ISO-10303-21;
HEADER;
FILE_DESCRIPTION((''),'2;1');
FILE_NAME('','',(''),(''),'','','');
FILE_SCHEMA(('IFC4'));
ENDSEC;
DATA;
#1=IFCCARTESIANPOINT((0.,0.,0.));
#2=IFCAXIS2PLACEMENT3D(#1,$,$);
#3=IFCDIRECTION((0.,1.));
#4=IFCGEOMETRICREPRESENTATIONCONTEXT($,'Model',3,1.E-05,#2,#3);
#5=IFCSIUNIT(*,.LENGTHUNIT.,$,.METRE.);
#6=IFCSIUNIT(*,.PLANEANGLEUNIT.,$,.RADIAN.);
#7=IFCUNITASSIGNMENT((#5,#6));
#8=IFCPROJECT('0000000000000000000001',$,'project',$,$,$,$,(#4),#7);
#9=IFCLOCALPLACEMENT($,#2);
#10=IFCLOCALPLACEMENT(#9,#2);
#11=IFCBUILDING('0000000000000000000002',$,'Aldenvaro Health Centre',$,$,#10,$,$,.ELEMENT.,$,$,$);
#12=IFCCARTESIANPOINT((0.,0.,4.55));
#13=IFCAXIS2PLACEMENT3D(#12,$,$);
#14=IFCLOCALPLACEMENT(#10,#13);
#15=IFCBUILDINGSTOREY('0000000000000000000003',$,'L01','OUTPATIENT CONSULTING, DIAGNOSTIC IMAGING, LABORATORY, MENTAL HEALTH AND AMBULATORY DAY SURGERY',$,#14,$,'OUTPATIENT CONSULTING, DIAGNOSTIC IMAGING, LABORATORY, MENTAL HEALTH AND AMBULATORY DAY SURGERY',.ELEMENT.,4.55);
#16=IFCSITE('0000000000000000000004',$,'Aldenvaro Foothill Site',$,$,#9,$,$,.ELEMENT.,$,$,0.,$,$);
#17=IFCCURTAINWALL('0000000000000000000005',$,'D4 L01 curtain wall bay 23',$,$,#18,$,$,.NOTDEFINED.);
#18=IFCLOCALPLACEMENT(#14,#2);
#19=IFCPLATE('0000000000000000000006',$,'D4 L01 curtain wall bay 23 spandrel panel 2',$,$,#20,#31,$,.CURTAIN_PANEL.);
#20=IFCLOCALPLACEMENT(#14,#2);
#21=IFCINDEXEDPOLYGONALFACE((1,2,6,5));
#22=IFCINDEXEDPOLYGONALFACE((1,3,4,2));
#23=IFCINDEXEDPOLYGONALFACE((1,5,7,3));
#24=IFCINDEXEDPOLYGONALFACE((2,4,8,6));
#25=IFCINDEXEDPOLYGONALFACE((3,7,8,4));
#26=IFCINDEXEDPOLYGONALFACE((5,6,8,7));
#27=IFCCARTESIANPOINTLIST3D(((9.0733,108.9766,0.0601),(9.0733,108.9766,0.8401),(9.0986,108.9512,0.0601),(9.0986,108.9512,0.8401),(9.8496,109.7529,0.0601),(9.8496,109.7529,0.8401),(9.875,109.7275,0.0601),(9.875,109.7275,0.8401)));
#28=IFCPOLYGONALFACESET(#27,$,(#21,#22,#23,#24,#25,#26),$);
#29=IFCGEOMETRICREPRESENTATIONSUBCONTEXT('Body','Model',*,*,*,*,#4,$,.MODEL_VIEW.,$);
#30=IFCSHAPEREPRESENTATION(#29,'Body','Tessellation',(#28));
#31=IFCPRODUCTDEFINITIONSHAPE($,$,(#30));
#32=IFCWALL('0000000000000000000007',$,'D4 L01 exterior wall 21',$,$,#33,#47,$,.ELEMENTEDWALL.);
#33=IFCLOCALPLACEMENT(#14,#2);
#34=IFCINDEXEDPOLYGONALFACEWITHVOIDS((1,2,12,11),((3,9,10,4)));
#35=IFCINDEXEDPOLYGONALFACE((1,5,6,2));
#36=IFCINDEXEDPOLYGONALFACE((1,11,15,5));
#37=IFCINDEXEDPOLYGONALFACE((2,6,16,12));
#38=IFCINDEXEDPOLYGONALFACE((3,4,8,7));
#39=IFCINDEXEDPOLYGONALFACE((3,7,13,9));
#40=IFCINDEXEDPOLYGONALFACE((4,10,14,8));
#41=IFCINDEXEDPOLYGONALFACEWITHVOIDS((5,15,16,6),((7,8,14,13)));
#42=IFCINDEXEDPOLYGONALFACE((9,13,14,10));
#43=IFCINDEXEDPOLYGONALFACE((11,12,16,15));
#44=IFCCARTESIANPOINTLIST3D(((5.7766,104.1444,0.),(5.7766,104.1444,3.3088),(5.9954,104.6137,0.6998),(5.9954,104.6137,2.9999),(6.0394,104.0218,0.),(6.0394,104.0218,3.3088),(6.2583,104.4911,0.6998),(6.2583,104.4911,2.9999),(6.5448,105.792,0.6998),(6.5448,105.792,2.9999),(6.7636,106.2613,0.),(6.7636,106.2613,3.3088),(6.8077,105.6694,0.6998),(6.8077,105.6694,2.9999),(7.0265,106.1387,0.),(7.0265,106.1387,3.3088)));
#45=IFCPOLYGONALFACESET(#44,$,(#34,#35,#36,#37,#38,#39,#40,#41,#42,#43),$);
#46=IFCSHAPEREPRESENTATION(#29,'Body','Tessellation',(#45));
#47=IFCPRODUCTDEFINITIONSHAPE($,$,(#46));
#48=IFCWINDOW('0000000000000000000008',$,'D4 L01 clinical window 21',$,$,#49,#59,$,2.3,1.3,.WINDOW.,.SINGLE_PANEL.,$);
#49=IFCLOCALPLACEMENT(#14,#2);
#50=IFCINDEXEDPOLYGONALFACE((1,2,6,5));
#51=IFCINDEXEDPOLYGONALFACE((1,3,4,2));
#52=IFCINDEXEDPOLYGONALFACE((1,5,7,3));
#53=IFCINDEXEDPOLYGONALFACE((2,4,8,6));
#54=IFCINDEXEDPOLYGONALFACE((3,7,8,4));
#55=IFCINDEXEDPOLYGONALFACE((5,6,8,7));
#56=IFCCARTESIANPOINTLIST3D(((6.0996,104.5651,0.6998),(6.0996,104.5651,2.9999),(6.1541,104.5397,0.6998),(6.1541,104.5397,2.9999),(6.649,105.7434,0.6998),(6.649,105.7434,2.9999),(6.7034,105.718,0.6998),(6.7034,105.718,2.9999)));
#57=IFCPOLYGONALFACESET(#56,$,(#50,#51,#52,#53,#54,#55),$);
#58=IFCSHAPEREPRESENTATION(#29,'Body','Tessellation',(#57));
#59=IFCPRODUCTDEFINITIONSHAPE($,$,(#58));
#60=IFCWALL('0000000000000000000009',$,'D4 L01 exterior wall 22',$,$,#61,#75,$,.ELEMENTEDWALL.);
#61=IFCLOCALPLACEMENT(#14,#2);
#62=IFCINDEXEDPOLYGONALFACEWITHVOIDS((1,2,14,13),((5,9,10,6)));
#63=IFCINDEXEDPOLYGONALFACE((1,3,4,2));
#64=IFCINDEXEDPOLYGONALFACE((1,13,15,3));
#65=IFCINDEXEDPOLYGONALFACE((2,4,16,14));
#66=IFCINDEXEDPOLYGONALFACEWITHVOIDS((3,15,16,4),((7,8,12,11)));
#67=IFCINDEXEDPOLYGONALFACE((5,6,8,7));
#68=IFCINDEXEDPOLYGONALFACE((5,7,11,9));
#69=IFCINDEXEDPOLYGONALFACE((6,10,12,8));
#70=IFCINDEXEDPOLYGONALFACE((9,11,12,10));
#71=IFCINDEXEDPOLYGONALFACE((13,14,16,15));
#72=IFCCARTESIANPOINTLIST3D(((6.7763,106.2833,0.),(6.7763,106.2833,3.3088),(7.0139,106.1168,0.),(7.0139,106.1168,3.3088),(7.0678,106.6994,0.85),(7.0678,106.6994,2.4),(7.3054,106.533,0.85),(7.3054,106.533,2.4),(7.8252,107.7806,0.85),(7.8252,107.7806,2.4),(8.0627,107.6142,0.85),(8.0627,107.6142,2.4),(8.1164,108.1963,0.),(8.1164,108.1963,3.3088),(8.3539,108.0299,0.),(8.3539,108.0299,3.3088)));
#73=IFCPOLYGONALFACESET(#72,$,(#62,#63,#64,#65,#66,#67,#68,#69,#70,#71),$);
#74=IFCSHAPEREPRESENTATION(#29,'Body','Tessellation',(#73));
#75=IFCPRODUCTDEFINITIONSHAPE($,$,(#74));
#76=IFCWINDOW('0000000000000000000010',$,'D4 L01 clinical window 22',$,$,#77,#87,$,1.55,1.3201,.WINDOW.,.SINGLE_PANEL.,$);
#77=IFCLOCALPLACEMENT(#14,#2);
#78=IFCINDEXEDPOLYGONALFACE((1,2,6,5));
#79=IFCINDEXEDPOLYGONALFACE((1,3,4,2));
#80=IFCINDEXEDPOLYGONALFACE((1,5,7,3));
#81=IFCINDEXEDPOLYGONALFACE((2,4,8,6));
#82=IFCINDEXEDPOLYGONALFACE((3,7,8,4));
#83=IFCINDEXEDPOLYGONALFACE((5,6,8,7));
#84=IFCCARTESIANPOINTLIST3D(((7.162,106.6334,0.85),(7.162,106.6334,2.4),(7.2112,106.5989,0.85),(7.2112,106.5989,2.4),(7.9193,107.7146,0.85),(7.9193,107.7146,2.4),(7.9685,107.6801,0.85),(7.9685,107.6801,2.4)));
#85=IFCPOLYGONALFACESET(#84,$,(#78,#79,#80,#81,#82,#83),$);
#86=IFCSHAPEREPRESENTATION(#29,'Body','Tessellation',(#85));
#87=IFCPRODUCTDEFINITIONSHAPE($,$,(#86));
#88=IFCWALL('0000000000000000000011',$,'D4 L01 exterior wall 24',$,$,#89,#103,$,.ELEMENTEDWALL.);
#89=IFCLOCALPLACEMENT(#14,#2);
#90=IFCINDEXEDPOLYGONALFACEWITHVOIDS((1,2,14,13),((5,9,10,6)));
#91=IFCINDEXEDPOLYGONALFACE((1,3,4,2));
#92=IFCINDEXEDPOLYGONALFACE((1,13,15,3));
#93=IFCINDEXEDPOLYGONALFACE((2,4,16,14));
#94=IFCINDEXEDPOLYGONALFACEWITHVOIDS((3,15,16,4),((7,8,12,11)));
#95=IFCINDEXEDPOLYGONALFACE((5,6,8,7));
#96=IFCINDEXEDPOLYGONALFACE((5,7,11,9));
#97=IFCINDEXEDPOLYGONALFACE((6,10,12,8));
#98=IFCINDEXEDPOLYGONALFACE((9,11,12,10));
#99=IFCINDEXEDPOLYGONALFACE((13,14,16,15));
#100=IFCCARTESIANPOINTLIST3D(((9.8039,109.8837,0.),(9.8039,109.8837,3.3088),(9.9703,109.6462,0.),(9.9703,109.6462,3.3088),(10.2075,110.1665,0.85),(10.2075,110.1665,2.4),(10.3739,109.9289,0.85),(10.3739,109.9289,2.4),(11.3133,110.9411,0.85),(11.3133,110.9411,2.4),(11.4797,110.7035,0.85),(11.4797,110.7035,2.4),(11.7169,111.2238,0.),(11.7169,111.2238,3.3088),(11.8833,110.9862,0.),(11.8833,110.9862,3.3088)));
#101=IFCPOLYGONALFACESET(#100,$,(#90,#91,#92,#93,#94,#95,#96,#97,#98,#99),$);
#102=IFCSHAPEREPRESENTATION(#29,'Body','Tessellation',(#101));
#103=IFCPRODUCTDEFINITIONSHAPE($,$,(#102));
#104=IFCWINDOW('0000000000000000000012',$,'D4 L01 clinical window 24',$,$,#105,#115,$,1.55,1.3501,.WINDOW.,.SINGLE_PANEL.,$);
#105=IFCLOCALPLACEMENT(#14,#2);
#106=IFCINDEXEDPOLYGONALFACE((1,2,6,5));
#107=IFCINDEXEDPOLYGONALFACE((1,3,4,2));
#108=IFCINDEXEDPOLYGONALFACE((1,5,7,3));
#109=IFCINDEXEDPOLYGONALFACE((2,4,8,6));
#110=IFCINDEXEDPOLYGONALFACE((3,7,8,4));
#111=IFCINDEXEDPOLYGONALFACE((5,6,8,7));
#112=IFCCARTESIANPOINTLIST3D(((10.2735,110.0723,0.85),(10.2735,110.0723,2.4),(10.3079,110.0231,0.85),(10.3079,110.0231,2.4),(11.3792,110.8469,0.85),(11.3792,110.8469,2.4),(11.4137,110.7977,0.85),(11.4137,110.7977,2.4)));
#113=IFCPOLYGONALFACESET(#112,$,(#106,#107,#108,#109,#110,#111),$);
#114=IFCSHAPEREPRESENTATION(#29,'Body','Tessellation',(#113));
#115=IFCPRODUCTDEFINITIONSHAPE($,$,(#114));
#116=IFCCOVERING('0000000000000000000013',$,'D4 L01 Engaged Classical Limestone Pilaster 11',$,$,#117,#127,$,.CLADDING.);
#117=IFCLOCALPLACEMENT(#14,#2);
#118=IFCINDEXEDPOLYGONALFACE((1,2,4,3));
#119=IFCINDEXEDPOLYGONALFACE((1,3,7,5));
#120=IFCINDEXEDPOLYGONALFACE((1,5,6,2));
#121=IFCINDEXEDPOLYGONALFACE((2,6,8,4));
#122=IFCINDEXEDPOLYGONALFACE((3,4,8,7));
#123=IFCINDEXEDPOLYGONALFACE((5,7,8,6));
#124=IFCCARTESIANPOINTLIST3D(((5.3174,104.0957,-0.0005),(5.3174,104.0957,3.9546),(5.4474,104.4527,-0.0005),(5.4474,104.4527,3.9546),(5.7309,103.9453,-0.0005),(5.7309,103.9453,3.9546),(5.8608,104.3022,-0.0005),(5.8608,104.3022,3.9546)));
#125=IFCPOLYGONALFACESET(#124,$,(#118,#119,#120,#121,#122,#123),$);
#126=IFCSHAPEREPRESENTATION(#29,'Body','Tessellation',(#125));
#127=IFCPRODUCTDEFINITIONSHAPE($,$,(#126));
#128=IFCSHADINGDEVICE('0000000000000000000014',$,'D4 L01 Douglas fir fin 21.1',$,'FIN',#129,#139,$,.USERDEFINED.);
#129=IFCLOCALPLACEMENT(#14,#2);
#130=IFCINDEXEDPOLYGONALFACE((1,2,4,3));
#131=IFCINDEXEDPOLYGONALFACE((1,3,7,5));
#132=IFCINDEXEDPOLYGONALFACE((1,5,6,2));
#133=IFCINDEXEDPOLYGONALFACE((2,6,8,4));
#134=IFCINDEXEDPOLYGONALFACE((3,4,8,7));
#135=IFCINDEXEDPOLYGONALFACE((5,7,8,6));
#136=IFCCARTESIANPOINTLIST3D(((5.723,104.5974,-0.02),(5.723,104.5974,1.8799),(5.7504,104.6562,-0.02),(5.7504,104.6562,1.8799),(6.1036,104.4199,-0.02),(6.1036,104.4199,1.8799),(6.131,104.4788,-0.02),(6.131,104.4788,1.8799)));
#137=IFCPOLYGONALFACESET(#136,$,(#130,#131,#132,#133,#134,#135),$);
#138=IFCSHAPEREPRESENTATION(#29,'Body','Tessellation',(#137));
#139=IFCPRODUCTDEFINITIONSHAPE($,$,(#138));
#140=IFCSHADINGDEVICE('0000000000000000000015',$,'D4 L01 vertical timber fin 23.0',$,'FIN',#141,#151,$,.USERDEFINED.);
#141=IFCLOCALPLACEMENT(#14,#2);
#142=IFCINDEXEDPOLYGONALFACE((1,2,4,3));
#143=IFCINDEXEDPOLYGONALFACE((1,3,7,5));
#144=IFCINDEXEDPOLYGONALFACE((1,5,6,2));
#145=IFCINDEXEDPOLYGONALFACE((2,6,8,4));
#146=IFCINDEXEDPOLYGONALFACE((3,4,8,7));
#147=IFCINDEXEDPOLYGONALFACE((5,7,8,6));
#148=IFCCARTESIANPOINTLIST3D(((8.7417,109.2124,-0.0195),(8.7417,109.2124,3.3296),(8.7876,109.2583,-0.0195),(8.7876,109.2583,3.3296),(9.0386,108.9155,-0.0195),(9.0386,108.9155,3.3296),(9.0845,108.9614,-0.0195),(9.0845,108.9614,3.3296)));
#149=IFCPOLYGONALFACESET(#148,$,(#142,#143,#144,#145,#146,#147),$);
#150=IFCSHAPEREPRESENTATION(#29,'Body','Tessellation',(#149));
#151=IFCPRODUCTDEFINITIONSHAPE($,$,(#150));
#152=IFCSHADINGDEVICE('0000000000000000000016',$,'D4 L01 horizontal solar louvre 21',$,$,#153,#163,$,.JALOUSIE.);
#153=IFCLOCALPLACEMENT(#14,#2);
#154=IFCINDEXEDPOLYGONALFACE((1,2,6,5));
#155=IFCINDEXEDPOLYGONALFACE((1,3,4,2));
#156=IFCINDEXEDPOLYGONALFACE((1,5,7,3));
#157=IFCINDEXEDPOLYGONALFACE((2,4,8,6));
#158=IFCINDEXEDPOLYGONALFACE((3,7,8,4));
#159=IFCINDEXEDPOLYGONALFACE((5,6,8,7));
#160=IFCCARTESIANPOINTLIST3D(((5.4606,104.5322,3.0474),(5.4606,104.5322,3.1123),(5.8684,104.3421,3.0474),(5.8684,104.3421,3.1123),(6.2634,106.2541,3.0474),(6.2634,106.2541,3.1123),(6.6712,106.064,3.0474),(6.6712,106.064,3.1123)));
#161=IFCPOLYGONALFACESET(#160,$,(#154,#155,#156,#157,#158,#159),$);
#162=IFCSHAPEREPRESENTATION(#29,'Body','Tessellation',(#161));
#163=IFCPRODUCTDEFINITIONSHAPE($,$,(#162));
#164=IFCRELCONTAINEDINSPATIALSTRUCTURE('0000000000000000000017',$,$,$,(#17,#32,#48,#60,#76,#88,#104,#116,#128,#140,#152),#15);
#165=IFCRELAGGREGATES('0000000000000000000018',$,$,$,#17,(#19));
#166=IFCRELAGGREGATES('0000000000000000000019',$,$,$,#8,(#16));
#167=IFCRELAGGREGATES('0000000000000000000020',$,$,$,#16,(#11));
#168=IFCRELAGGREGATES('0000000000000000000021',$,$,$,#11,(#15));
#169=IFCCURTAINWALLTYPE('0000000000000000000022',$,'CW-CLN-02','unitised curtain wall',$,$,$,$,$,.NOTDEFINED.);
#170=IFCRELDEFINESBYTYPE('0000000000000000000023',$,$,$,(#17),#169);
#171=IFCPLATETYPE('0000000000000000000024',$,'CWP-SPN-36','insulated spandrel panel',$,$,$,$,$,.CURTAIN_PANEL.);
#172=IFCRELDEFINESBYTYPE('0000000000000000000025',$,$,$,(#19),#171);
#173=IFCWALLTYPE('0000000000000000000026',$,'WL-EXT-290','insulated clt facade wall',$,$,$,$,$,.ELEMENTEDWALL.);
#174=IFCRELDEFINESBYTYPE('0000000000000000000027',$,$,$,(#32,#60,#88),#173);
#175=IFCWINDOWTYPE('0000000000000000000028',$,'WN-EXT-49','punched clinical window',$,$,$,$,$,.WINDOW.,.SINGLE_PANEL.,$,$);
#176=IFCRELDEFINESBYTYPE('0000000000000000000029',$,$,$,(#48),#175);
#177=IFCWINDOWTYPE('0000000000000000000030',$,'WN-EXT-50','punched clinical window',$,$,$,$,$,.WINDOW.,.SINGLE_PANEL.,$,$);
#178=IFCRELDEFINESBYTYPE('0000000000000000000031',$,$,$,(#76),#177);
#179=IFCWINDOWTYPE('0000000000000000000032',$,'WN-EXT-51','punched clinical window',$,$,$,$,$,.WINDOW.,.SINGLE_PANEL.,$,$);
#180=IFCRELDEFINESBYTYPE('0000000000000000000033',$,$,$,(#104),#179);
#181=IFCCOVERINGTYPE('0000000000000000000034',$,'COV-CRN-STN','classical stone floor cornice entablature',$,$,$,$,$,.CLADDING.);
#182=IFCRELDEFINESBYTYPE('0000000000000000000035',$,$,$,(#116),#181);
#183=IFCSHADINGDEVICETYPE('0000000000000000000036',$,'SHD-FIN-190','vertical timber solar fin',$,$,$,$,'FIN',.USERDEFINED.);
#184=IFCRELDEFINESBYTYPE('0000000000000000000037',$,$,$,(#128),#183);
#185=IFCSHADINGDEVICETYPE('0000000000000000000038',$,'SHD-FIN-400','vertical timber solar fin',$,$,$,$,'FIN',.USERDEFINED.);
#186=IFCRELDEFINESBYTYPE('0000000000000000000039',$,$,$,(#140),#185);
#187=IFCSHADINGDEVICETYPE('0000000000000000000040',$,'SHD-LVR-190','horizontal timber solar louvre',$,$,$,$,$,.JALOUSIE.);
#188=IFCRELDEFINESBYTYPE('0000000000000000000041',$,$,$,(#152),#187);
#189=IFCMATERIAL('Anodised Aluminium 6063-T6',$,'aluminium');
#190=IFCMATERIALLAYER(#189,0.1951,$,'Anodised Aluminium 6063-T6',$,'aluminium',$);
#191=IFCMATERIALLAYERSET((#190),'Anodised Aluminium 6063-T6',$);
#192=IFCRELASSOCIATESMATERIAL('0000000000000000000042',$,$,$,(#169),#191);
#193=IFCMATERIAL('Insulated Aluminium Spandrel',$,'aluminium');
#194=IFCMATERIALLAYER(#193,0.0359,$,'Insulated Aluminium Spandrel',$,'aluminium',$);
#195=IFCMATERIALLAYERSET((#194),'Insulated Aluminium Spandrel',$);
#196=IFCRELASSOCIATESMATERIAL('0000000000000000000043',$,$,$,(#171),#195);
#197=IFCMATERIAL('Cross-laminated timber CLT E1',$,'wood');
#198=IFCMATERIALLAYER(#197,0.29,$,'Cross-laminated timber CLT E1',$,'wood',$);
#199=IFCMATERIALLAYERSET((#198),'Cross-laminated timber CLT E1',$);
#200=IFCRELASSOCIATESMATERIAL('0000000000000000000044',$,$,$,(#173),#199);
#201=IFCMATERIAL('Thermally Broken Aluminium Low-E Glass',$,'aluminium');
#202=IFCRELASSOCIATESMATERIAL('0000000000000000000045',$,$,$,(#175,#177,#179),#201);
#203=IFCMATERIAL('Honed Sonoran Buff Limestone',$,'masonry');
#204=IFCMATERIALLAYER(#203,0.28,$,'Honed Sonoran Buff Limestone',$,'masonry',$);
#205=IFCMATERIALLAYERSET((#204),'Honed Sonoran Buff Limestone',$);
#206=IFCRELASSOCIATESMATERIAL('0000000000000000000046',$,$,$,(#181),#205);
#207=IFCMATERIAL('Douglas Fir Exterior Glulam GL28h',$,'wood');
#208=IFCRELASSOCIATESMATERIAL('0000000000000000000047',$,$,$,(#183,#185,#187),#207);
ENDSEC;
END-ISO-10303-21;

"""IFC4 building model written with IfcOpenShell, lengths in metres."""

from ifc_helpers import new_model, si_unit, direction, frame, frame_2d, origin, origin_2d, place, context, subcontext, project, spatial, rectangle, extrude, material, layer, layer_set, type_object, element, fill, aggregate, save


model = new_model("IFC4")

# Units and contexts
model_context = context("Model", 3, precision=1e-05, world=origin(), true_north=direction((0.0, 1.0)))
body_context = subcontext(model_context, "Body", "Model", "MODEL_VIEW")
ifc_project = project(units=[si_unit("LENGTHUNIT", "METRE"), si_unit("PLANEANGLEUNIT", "RADIAN")], contexts=[model_context])

# Site, building, storey
site_placement = place(None, origin())
site = spatial("IfcSite", under=ifc_project, at=site_placement, Name="Aldenvaro Foothill Site", CompositionType="ELEMENT", RefElevation=0.0)
building_placement = place(site_placement, origin())
building = spatial("IfcBuilding", under=site, at=building_placement, Name="Aldenvaro Health Centre", CompositionType="ELEMENT")
storey_placement = place(building_placement, frame((0.0, 0.0, 4.55)))
storey = spatial("IfcBuildingStorey", under=building, at=storey_placement, Name="L01", Description="OUTPATIENT CONSULTING, DIAGNOSTIC IMAGING, LABORATORY, MENTAL HEALTH AND AMBULATORY DAY SURGERY", LongName="OUTPATIENT CONSULTING, DIAGNOSTIC IMAGING, LABORATORY, MENTAL HEALTH AND AMBULATORY DAY SURGERY", CompositionType="ELEMENT", Elevation=4.55)

# Curtain wall
ifc_material_1 = material(Name="Anodised Aluminium 6063-T6", Category="aluminium")
ifc_layer_1 = layer(ifc_material_1, 0.1951, Name="Anodised Aluminium 6063-T6", Category="aluminium")
ifc_layer_set_1 = layer_set([ifc_layer_1], Name="Anodised Aluminium 6063-T6")
curtain_wall_type = type_object("IfcCurtainWallType", Name="CW-CLN-02", Description="unitised curtain wall", PredefinedType="NOTDEFINED", material=ifc_layer_set_1)
curtain_wall_placement = place(storey_placement, origin())
curtain_wall = element("IfcCurtainWall", 1, at=curtain_wall_placement, inside=storey, type_object=curtain_wall_type, Name="D4 L01 curtain wall bay 23", PredefinedType="NOTDEFINED")

# Plate
ifc_material_2 = material(Name="Insulated Aluminium Spandrel", Category="aluminium")
ifc_layer_2 = layer(ifc_material_2, 0.0359, Name="Insulated Aluminium Spandrel", Category="aluminium")
ifc_layer_set_2 = layer_set([ifc_layer_2], Name="Insulated Aluminium Spandrel")
plate_type_1 = type_object("IfcPlateType", Name="CWP-SPN-36", Description="insulated spandrel panel", PredefinedType="CURTAIN_PANEL", material=ifc_layer_set_2)
plate_1_placement = place(storey_placement, frame((9.4741, 109.3521, 0.0601), z_axis=(0.0, 0.0, 1.0), x_axis=(0.707107, 0.707107, 0.0)))
plate_1 = element("IfcPlate", 2, at=plate_1_placement, type_object=plate_type_1, Name="D4 L01 curtain wall bay 23 spandrel panel 2", PredefinedType="CURTAIN_PANEL", context=body_context, shape_type="SweptSolid", body=[
    extrude(rectangle(XDim=1.0979, YDim=0.0359, at=origin_2d()), origin(), (0.0, 0.0, 1.0), 0.78),
])
aggregate(curtain_wall, [plate_1])

# Walls, openings, windows
ifc_material_3 = material(Name="Cross-laminated timber CLT E1", Category="wood")
ifc_layer_3 = layer(ifc_material_3, 0.29, Name="Cross-laminated timber CLT E1", Category="wood")
ifc_layer_set_3 = layer_set([ifc_layer_3], Name="Cross-laminated timber CLT E1")
wall_type = type_object("IfcWallType", Name="WL-EXT-290", Description="insulated clt facade wall", PredefinedType="ELEMENTEDWALL", material=ifc_layer_set_3)
wall_1_placement = place(storey_placement, frame((5.908, 104.083, 0.0), z_axis=(0.0, 0.0, 1.0), x_axis=(0.422588, 0.906322, 0.0)))
wall_1 = element("IfcWall", 3, at=wall_1_placement, inside=storey, type_object=wall_type, Name="D4 L01 exterior wall 21", PredefinedType="ELEMENTEDWALL", context=body_context, shape_type="SweptSolid", body=[
    extrude(rectangle(XDim=2.3357, YDim=0.29, at=frame_2d((1.168, 0.0))), origin(), (0.0, 0.0, 1.0), 3.3088),
])
opening_1_placement = place(wall_1_placement, frame((0.5181, 0.0, 0.7)))
opening_1 = element("IfcOpeningElement", 4, at=opening_1_placement, cuts=wall_1, PredefinedType="OPENING", context=body_context, shape_type="SweptSolid", body=[
    extrude(rectangle(XDim=1.3, YDim=2.3, at=frame_2d((0.6499, 1.1499))), frame((0.0, 0.155, 0.0), z_axis=(0.0, -1.0, 0.0), x_axis=(1.0, 0.0, 0.0)), (0.0, 0.0, 1.0), 0.3101),
])
ifc_material_4 = material(Name="Thermally Broken Aluminium Low-E Glass", Category="aluminium")
window_type_1 = type_object("IfcWindowType", Name="WN-EXT-49", Description="punched clinical window", PartitioningType="SINGLE_PANEL", PredefinedType="WINDOW", material=ifc_material_4)
window_1_placement = place(opening_1_placement, origin())
window_1 = element("IfcWindow", 5, at=window_1_placement, inside=storey, type_object=window_type_1, Name="D4 L01 clinical window 21", OverallHeight=2.3, OverallWidth=1.3, PartitioningType="SINGLE_PANEL", PredefinedType="WINDOW", context=body_context, shape_type="SweptSolid", body=[
    extrude(rectangle(XDim=1.3, YDim=2.3, at=frame_2d((0.6499, 1.1499))), frame((0.0, 0.03, 0.0), z_axis=(0.0, -1.0, 0.0), x_axis=(1.0, 0.0, 0.0)), (0.0, 0.0, 1.0), 0.0601),
])
fill(opening_1, window_1)
wall_2_placement = place(storey_placement, frame((6.895, 106.2, 0.0), z_axis=(0.0, 0.0, 1.0), x_axis=(0.573729, 0.819045, 0.0)))
wall_2 = element("IfcWall", 6, at=wall_2_placement, inside=storey, type_object=wall_type, Name="D4 L01 exterior wall 22", PredefinedType="ELEMENTEDWALL", context=body_context, shape_type="SweptSolid", body=[
    extrude(rectangle(XDim=2.3357, YDim=0.29, at=frame_2d((1.168, 0.0))), origin(), (0.0, 0.0, 1.0), 3.3088),
])
opening_2_placement = place(wall_2_placement, frame((0.5081, 0.0, 0.8501)))
opening_2 = element("IfcOpeningElement", 7, at=opening_2_placement, cuts=wall_2, PredefinedType="OPENING", context=body_context, shape_type="SweptSolid", body=[
    extrude(rectangle(XDim=1.3201, YDim=1.55, at=frame_2d((0.6602, 0.7749))), frame((0.0, 0.155, 0.0), z_axis=(0.0, -1.0, 0.0), x_axis=(1.0, 0.0, 0.0)), (0.0, 0.0, 1.0), 0.3101),
])
window_type_2 = type_object("IfcWindowType", Name="WN-EXT-50", Description="punched clinical window", PartitioningType="SINGLE_PANEL", PredefinedType="WINDOW", material=ifc_material_4)
window_2_placement = place(opening_2_placement, origin())
window_2 = element("IfcWindow", 8, at=window_2_placement, inside=storey, type_object=window_type_2, Name="D4 L01 clinical window 22", OverallHeight=1.55, OverallWidth=1.3201, PartitioningType="SINGLE_PANEL", PredefinedType="WINDOW", context=body_context, shape_type="SweptSolid", body=[
    extrude(rectangle(XDim=1.3201, YDim=1.55, at=frame_2d((0.6602, 0.7749))), frame((0.0, 0.03, 0.0), z_axis=(0.0, -1.0, 0.0), x_axis=(1.0, 0.0, 0.0)), (0.0, 0.0, 1.0), 0.0601),
])
fill(opening_2, window_2)
wall_3_placement = place(storey_placement, frame((9.887, 109.7649, 0.0), z_axis=(0.0, 0.0, 1.0), x_axis=(0.819045, 0.573729, 0.0)))
wall_3 = element("IfcWall", 9, at=wall_3_placement, inside=storey, type_object=wall_type, Name="D4 L01 exterior wall 24", PredefinedType="ELEMENTEDWALL", context=body_context, shape_type="SweptSolid", body=[
    extrude(rectangle(XDim=2.3357, YDim=0.29, at=frame_2d((1.168, 0.0))), origin(), (0.0, 0.0, 1.0), 3.3088),
])
opening_3_placement = place(wall_3_placement, frame((0.4929, 0.0, 0.8501)))
opening_3 = element("IfcOpeningElement", 10, at=opening_3_placement, cuts=wall_3, PredefinedType="OPENING", context=body_context, shape_type="SweptSolid", body=[
    extrude(rectangle(XDim=1.3501, YDim=1.55, at=frame_2d((0.675, 0.7749))), frame((0.0, 0.155, 0.0), z_axis=(0.0, -1.0, 0.0), x_axis=(1.0, 0.0, 0.0)), (0.0, 0.0, 1.0), 0.3101),
])
window_type_3 = type_object("IfcWindowType", Name="WN-EXT-51", Description="punched clinical window", PartitioningType="SINGLE_PANEL", PredefinedType="WINDOW", material=ifc_material_4)
window_3_placement = place(opening_3_placement, origin())
window_3 = element("IfcWindow", 11, at=window_3_placement, inside=storey, type_object=window_type_3, Name="D4 L01 clinical window 24", OverallHeight=1.55, OverallWidth=1.3501, PartitioningType="SINGLE_PANEL", PredefinedType="WINDOW", context=body_context, shape_type="SweptSolid", body=[
    extrude(rectangle(XDim=1.3501, YDim=1.55, at=frame_2d((0.675, 0.7749))), frame((0.0, 0.03, 0.0), z_axis=(0.0, -1.0, 0.0), x_axis=(1.0, 0.0, 0.0)), (0.0, 0.0, 1.0), 0.0601),
])
fill(opening_3, window_3)

# Covering
ifc_material_5 = material(Name="Honed Sonoran Buff Limestone", Category="masonry")
ifc_layer_4 = layer(ifc_material_5, 0.28, Name="Honed Sonoran Buff Limestone", Category="masonry")
ifc_layer_set_4 = layer_set([ifc_layer_4], Name="Honed Sonoran Buff Limestone")
covering_type = type_object("IfcCoveringType", Name="COV-CRN-STN", Description="classical stone floor cornice entablature", PredefinedType="CLADDING", material=ifc_layer_set_4)
covering_placement = place(storey_placement, frame((5.5891, 104.199, -0.0005), z_axis=(0.0, 0.0, 1.0), x_axis=(-0.939695, 0.342013, 0.0)))
element("IfcCovering", 12, at=covering_placement, inside=storey, type_object=covering_type, Name="D4 L01 Engaged Classical Limestone Pilaster 11", PredefinedType="CLADDING", context=body_context, shape_type="SweptSolid", body=[
    extrude(rectangle(XDim=0.4399, YDim=0.3799, at=origin_2d()), origin(), (0.0, 0.0, 1.0), 3.9551),
])

# Shading devices
ifc_material_6 = material(Name="Douglas Fir Exterior Glulam GL28h", Category="wood")
shading_device_type_1 = type_object("IfcShadingDeviceType", Name="SHD-FIN-190", Description="vertical timber solar fin", ElementType="FIN", PredefinedType="USERDEFINED", material=ifc_material_6)
shading_device_1_placement = place(storey_placement, frame((5.927, 104.5381, -0.02), z_axis=(0.0, 0.0, 1.0), x_axis=(0.422557, 0.906336, 0.0)))
element("IfcShadingDevice", 13, at=shading_device_1_placement, inside=storey, type_object=shading_device_type_1, Name="D4 L01 Douglas fir fin 21.1", ObjectType="FIN", PredefinedType="USERDEFINED", context=body_context, shape_type="SweptSolid", body=[
    extrude(rectangle(XDim=0.0649, YDim=0.4199, at=origin_2d()), origin(), (0.0, 0.0, 1.0), 1.8999),
])
shading_device_type_2 = type_object("IfcShadingDeviceType", Name="SHD-FIN-400", Description="vertical timber solar fin", ElementType="FIN", PredefinedType="USERDEFINED", material=ifc_material_6)
shading_device_2_placement = place(storey_placement, frame((8.9131, 109.0869, -0.0195), z_axis=(0.0, 0.0, 1.0), x_axis=(0.707107, 0.707107, 0.0)))
element("IfcShadingDevice", 14, at=shading_device_2_placement, inside=storey, type_object=shading_device_type_2, Name="D4 L01 vertical timber fin 23.0", ObjectType="FIN", PredefinedType="USERDEFINED", context=body_context, shape_type="SweptSolid", body=[
    extrude(rectangle(XDim=0.0649, YDim=0.4199, at=origin_2d()), origin(), (0.0, 0.0, 1.0), 3.3491),
])
shading_device_type_3 = type_object("IfcShadingDeviceType", Name="SHD-LVR-190", Description="horizontal timber solar louvre", PredefinedType="JALOUSIE", material=ifc_material_6)
shading_device_3_placement = place(storey_placement, frame((6.0659, 105.2981, 3.0474), z_axis=(0.0, 0.0, 1.0), x_axis=(0.422557, 0.906336, 0.0)))
element("IfcShadingDevice", 15, at=shading_device_3_placement, inside=storey, type_object=shading_device_type_3, Name="D4 L01 horizontal solar louvre 21", PredefinedType="JALOUSIE", context=body_context, shape_type="SweptSolid", body=[
    extrude(rectangle(XDim=1.8999, YDim=0.45, at=origin_2d()), origin(), (0.0, 0.0, 1.0), 0.0649),
])

save(model, "model.ifc")
